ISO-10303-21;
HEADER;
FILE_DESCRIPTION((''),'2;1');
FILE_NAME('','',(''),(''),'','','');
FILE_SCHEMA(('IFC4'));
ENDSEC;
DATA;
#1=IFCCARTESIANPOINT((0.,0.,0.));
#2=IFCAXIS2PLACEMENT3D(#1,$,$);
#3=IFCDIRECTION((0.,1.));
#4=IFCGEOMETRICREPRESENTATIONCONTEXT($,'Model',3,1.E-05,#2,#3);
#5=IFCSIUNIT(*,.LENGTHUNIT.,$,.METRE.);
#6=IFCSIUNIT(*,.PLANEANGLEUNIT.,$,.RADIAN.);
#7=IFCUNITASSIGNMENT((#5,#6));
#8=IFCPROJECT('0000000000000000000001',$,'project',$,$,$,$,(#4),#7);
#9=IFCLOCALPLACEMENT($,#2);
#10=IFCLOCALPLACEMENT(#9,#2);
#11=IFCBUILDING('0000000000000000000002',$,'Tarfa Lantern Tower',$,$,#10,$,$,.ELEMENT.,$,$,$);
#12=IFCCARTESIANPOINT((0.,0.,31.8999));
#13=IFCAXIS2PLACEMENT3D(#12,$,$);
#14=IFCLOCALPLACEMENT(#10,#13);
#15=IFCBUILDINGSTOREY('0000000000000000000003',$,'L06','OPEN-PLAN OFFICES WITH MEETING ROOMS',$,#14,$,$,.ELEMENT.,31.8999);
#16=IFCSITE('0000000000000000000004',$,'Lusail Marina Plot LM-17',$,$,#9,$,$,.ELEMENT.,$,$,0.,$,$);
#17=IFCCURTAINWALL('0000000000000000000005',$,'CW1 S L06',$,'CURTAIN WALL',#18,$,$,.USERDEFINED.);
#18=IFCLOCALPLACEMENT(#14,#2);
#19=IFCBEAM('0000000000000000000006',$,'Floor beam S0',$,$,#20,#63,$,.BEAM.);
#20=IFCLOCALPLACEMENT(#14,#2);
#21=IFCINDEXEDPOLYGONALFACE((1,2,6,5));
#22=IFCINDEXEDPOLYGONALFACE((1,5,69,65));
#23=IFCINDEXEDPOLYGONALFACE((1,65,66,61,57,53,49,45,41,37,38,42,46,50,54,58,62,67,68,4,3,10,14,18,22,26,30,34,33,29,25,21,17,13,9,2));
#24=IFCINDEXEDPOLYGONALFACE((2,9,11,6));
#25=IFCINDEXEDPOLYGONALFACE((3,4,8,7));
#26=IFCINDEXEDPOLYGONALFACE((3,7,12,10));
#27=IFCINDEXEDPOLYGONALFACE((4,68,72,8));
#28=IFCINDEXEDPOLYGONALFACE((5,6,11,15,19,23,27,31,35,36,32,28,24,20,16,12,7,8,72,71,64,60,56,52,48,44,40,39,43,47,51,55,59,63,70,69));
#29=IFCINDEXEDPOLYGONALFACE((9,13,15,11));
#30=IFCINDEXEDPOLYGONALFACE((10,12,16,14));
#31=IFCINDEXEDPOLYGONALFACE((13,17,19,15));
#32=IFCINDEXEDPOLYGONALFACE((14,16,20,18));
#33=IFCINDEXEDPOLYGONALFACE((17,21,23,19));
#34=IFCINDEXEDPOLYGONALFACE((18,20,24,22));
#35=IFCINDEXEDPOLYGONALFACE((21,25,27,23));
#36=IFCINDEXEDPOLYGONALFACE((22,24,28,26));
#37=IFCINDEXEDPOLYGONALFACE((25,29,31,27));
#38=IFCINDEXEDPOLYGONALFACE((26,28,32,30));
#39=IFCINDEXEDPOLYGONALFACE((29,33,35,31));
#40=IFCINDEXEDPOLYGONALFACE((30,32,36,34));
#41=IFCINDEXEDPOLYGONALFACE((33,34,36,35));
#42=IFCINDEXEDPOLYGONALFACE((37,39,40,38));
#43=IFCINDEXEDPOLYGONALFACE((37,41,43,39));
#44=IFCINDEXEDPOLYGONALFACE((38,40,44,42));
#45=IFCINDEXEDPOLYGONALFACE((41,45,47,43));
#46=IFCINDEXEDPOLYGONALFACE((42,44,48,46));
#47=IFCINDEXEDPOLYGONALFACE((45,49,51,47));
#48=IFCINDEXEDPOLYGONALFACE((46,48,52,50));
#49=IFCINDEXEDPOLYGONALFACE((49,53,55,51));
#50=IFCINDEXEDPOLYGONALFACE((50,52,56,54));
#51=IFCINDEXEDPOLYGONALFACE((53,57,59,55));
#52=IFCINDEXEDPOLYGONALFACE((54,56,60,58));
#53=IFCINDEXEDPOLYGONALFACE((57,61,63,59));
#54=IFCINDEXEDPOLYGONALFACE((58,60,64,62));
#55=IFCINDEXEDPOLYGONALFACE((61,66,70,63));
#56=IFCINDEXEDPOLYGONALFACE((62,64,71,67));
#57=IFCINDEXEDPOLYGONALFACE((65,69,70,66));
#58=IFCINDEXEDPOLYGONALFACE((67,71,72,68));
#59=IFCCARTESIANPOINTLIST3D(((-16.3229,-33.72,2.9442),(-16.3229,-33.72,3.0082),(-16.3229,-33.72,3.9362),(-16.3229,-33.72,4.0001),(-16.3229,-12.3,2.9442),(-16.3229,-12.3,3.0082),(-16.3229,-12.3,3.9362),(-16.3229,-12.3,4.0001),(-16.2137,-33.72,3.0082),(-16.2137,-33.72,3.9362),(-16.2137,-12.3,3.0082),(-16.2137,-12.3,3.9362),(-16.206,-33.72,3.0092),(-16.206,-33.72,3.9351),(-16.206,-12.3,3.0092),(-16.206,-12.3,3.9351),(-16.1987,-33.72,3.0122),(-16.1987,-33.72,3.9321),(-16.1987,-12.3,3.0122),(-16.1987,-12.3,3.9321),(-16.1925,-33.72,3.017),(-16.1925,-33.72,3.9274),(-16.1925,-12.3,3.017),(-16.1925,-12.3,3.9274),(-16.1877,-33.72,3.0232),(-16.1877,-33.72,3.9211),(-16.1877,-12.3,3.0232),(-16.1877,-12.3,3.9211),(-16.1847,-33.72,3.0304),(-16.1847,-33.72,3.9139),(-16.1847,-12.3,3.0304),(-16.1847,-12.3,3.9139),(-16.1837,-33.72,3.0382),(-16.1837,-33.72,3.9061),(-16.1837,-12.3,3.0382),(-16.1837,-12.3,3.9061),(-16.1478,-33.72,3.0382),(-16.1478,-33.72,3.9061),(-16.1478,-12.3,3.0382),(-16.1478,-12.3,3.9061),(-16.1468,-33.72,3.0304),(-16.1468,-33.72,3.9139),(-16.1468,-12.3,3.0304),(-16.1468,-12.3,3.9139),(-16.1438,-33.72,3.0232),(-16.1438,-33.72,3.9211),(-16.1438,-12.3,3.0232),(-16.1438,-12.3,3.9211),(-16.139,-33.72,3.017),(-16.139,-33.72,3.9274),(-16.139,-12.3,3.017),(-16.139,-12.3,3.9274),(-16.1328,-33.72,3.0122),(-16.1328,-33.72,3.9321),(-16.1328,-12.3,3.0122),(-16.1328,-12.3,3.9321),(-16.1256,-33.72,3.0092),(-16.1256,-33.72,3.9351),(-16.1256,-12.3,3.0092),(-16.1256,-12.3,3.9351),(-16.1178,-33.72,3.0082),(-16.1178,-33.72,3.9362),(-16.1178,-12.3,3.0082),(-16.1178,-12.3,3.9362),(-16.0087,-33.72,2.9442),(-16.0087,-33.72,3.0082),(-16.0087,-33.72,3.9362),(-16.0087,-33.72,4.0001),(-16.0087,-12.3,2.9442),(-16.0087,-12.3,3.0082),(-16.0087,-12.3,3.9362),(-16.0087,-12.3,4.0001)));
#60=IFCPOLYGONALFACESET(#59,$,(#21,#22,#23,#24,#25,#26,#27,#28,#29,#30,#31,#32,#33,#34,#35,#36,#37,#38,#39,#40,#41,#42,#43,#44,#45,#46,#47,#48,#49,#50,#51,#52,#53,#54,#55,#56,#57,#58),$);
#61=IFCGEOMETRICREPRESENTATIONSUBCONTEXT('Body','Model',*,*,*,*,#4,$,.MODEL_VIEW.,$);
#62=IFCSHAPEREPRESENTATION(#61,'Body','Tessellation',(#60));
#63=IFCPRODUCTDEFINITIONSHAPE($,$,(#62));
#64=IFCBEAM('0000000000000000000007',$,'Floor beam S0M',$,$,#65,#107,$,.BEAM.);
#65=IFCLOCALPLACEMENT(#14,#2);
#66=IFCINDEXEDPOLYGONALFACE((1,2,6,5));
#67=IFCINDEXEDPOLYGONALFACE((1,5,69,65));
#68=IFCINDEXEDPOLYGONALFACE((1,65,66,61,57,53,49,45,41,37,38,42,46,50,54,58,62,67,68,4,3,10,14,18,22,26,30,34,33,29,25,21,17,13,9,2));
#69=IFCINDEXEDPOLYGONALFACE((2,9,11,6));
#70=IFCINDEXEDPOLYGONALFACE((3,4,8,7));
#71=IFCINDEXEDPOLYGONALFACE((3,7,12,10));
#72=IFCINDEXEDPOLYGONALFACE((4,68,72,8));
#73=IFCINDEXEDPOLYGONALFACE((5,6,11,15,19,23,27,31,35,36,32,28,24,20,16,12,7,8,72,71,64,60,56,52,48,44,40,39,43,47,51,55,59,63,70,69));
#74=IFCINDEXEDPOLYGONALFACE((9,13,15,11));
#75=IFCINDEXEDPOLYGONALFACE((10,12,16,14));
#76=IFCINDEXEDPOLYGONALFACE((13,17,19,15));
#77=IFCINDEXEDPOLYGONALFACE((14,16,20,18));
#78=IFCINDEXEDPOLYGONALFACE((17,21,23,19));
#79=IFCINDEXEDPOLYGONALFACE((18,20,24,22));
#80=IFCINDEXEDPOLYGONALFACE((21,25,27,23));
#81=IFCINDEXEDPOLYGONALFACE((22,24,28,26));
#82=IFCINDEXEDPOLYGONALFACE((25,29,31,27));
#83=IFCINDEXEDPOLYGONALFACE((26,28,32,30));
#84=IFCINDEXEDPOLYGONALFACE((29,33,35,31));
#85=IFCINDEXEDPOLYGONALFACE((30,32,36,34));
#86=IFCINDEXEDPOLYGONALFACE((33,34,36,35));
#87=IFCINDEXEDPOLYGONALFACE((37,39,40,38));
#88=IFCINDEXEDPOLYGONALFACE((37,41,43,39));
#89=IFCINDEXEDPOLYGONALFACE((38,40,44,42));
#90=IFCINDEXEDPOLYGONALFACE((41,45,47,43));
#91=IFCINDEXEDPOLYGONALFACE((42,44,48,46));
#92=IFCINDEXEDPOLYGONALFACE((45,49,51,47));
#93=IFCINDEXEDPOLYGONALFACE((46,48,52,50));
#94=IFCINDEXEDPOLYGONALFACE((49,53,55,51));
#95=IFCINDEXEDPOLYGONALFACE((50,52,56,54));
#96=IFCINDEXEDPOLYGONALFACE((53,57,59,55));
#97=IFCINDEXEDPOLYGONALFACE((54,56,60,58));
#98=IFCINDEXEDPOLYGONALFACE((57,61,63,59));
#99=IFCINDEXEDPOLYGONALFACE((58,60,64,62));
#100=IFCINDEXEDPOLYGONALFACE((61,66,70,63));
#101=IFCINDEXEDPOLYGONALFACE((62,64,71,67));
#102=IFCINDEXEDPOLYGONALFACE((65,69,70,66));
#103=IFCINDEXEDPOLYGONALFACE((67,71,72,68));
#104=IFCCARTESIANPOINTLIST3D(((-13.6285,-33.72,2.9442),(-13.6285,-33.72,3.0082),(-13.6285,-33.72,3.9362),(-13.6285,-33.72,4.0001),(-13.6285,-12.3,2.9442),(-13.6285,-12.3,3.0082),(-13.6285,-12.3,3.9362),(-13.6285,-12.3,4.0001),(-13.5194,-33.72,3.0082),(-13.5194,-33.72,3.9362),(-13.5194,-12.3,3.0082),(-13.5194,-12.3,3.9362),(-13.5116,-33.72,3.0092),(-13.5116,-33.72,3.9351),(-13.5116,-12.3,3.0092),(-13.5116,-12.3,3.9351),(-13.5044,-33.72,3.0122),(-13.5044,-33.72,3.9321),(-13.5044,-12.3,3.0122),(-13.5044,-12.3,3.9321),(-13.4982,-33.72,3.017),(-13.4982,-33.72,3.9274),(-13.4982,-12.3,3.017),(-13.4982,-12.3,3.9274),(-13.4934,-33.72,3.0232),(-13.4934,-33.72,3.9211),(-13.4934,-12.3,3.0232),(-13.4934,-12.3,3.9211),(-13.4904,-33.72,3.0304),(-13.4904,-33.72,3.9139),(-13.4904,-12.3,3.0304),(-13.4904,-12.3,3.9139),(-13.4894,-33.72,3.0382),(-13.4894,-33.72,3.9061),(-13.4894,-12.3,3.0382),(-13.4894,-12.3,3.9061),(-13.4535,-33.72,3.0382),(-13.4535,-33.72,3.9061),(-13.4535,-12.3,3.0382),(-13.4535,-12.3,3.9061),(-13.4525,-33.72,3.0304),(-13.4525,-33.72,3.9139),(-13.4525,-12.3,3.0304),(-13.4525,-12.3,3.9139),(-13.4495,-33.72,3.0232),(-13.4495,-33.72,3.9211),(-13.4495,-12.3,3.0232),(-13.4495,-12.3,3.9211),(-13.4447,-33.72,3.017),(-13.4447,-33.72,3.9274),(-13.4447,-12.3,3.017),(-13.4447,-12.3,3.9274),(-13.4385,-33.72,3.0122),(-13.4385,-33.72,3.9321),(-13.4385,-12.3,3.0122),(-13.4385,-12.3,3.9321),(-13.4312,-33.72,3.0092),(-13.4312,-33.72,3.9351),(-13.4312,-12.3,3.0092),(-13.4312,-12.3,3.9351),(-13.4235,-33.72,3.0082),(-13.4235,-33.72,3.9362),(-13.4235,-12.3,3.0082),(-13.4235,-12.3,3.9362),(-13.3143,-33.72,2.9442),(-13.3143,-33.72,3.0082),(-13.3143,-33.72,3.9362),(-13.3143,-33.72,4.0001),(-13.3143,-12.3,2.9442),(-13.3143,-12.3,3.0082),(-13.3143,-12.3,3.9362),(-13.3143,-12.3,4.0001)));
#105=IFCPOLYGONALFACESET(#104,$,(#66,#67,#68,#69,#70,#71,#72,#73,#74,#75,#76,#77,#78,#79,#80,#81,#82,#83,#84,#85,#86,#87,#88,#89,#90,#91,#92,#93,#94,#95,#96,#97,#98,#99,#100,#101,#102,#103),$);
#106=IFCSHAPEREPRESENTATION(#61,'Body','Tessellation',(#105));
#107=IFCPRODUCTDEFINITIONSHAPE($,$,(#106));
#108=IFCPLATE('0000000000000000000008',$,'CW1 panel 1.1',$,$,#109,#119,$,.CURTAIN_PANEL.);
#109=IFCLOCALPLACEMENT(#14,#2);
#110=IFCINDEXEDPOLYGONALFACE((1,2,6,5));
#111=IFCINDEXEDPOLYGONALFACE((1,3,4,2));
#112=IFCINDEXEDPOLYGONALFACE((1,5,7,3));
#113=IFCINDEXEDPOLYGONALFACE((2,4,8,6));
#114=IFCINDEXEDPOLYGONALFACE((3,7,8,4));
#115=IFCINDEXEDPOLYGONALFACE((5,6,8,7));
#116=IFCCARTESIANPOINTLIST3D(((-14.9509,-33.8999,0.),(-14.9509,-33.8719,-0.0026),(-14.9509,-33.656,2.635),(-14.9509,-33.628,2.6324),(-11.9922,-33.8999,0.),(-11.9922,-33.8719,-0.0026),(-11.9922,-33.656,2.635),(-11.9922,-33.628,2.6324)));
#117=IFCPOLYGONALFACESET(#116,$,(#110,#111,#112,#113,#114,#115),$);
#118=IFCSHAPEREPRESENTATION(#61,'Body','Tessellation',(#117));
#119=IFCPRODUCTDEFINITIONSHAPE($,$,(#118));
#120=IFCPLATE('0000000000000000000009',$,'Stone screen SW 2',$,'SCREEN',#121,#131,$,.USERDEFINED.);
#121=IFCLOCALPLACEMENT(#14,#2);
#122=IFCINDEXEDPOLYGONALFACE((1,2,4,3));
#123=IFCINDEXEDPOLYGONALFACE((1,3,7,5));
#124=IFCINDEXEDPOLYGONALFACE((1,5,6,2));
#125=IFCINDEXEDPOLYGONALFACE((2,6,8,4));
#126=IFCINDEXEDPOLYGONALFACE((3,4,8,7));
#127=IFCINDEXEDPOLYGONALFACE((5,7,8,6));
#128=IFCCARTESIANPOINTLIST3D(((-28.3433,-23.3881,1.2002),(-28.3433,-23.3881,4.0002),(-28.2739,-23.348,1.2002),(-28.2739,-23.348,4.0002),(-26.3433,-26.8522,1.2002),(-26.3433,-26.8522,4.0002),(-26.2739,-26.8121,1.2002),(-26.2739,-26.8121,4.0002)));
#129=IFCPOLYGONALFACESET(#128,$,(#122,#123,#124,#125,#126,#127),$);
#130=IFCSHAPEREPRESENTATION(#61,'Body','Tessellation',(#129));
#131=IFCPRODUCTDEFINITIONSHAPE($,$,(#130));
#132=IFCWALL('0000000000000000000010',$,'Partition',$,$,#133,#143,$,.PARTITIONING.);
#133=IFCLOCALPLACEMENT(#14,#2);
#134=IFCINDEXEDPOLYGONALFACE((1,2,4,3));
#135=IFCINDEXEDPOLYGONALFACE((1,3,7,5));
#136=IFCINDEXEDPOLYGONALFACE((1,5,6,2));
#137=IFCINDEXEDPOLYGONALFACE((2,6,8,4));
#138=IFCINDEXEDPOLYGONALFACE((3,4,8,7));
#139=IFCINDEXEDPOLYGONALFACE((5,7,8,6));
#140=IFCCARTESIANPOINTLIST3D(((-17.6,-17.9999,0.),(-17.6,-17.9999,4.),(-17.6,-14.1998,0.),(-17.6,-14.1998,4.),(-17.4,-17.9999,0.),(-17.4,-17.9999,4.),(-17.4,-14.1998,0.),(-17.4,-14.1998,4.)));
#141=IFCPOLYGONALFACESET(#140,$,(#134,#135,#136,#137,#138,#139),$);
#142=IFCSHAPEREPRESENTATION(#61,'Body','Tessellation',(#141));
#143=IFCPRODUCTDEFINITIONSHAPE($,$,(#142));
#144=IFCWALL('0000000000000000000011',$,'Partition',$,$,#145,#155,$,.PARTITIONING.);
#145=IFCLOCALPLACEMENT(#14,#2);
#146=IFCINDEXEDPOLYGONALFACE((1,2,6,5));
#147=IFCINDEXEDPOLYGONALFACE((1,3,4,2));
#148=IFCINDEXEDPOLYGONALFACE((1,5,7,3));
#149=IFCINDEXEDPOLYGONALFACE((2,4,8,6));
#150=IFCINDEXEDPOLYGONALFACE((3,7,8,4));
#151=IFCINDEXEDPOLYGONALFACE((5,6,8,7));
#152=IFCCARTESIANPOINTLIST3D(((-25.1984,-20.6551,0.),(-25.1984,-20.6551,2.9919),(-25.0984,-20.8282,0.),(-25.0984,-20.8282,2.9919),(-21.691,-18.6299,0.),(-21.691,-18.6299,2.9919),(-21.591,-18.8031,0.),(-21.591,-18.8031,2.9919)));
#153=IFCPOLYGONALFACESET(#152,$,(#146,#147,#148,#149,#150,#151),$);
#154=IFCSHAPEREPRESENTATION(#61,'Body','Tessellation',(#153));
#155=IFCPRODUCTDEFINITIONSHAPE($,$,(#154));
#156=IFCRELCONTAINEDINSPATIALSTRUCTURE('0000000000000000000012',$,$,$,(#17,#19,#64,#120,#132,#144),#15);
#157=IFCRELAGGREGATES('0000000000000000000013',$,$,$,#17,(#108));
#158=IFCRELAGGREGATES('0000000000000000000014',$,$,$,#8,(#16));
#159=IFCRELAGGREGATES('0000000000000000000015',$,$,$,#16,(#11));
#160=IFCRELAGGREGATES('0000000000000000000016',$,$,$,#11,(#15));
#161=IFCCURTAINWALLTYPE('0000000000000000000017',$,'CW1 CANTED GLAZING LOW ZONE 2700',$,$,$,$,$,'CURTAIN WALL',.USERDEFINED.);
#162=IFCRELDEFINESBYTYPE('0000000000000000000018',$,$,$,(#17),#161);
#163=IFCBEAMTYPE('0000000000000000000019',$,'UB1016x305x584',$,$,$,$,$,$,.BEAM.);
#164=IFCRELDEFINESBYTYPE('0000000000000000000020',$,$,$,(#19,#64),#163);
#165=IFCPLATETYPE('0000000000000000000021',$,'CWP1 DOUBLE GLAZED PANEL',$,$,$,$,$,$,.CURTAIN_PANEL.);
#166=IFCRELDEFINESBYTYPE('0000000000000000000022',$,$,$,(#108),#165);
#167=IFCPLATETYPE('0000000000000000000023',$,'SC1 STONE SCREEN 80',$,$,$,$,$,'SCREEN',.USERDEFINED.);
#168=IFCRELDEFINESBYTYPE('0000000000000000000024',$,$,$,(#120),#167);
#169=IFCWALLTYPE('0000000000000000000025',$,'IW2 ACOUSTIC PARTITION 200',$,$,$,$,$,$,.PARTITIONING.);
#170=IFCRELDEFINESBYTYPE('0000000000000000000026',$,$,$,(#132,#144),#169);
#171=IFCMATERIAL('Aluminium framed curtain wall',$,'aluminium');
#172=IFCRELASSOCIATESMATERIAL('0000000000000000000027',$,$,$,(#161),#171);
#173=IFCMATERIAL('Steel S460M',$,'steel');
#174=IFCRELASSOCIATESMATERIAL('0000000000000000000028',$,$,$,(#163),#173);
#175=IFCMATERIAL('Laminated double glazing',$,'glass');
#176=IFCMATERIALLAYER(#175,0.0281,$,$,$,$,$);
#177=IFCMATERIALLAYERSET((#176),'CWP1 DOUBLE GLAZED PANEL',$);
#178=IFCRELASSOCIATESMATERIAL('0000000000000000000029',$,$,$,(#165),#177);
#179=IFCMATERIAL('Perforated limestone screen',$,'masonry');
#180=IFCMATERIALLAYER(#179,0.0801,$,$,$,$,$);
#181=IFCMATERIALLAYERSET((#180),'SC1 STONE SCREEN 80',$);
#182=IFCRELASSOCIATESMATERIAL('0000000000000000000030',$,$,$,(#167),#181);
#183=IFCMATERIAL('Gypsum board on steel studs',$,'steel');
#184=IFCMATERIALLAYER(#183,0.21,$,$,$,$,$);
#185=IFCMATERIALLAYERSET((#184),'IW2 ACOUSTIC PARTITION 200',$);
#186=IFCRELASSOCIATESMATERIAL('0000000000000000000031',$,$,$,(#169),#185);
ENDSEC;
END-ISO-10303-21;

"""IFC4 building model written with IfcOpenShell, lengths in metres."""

from ifc_helpers import new_model, si_unit, direction, frame, frame_2d, origin, origin_2d, place, context, subcontext, project, spatial, polyline, rectangle, i_section, outline, extrude, material, layer, layer_set, material_profile, profile_set, type_object, element, aggregate, save


model = new_model("IFC4")

# Units and contexts
model_context = context("Model", 3, precision=1e-05, world=origin(), true_north=direction((0.0, 1.0)))
body_context = subcontext(model_context, "Body", "Model", "MODEL_VIEW")
ifc_project = project(units=[si_unit("LENGTHUNIT", "METRE"), si_unit("PLANEANGLEUNIT", "RADIAN")], contexts=[model_context])

# Site, building, storey
site_placement = place(None, origin())
site = spatial("IfcSite", under=ifc_project, at=site_placement, Name="Lusail Marina Plot LM-17", CompositionType="ELEMENT", RefElevation=0.0)
building_placement = place(site_placement, origin())
building = spatial("IfcBuilding", under=site, at=building_placement, Name="Tarfa Lantern Tower", CompositionType="ELEMENT")
storey_placement = place(building_placement, frame((0.0, 0.0, 31.8999)))
storey = spatial("IfcBuildingStorey", under=building, at=storey_placement, Name="L06", Description="OPEN-PLAN OFFICES WITH MEETING ROOMS", CompositionType="ELEMENT", Elevation=31.8999)

# Curtain wall
ifc_material_1 = material(Name="Aluminium framed curtain wall", Category="aluminium")
curtain_wall_type = type_object("IfcCurtainWallType", Name="CW1 CANTED GLAZING LOW ZONE 2700", ElementType="CURTAIN WALL", PredefinedType="USERDEFINED", material=ifc_material_1)
curtain_wall_placement = place(storey_placement, origin())
curtain_wall = element("IfcCurtainWall", 1, at=curtain_wall_placement, inside=storey, type_object=curtain_wall_type, Name="CW1 S L06", ObjectType="CURTAIN WALL", PredefinedType="USERDEFINED")

# Beams
ifc_material_2 = material(Name="Steel S460M", Category="steel")
ifc_material_profile_1 = material_profile(ifc_material_2, i_section(OverallWidth=0.3142, OverallDepth=1.0559, WebThickness=0.0359, FlangeThickness=0.064, FilletRadius=0.03, at=origin_2d()), Name="UB1016x305x584")
ifc_profile_set_1 = profile_set([ifc_material_profile_1], Name="Steel S460M")
beam_type_1 = type_object("IfcBeamType", Name="UB1016x305x584", PredefinedType="BEAM", material=ifc_profile_set_1)
for number, where, z_axis, x_axis, name in (
    (2, (-16.1658, -33.72, 3.4722), (0.0, 1.0, 0.0), (-1.0, 0.0, 0.0), "Floor beam S0"),
    (3, (-13.4714, -33.72, 3.4722), (0.0, 1.0, 0.0), (-1.0, 0.0, 0.0), "Floor beam S0M"),
):
    element("IfcBeam", number, at=place(storey_placement, frame(where, z_axis=z_axis, x_axis=x_axis)), inside=storey, type_object=beam_type_1, Name=name, PredefinedType="BEAM", context=body_context, shape_type="SweptSolid", body=[
        extrude(i_section(OverallWidth=0.3142, OverallDepth=1.0559, WebThickness=0.0359, FlangeThickness=0.064, FilletRadius=0.03, at=origin_2d()), origin(), (0.0, 0.0, 1.0), 21.4199),
    ])

# Plates
ifc_material_3 = material(Name="Laminated double glazing", Category="glass")
ifc_layer_1 = layer(ifc_material_3, 0.0281)
ifc_layer_set_1 = layer_set([ifc_layer_1], Name="CWP1 DOUBLE GLAZED PANEL")
plate_type_1 = type_object("IfcPlateType", Name="CWP1 DOUBLE GLAZED PANEL", PredefinedType="CURTAIN_PANEL", material=ifc_layer_set_1)
plate_1_placement = place(storey_placement, frame((-14.9509, -33.8999, 0.0), z_axis=(0.0, -0.995744, 0.092166), x_axis=(1.0, 0.0, 0.0)))
plate_1 = element("IfcPlate", 4, at=plate_1_placement, type_object=plate_type_1, Name="CW1 panel 1.1", PredefinedType="CURTAIN_PANEL", context=body_context, shape_type="SweptSolid", body=[
    extrude(outline(polyline([(0.0, 0.0), (2.9587, 0.0), (2.9587, 2.6463), (0.0, 2.6463), (0.0, 0.0)])), origin(), (0.0, 0.0, -1.0), 0.0281),
])
aggregate(curtain_wall, [plate_1])
ifc_material_4 = material(Name="Perforated limestone screen", Category="masonry")
ifc_layer_2 = layer(ifc_material_4, 0.0801)
ifc_layer_set_2 = layer_set([ifc_layer_2], Name="SC1 STONE SCREEN 80")
plate_type_2 = type_object("IfcPlateType", Name="SC1 STONE SCREEN 80", ElementType="SCREEN", PredefinedType="USERDEFINED", material=ifc_layer_set_2)
plate_2_placement = place(storey_placement, frame((-27.3086, -25.1001, 1.2002), z_axis=(0.0, 0.0, 1.0), x_axis=(0.5, -0.866025, 0.0)))
element("IfcPlate", 5, at=plate_2_placement, inside=storey, type_object=plate_type_2, Name="Stone screen SW 2", ObjectType="SCREEN", PredefinedType="USERDEFINED", context=body_context, shape_type="SweptSolid", body=[
    extrude(rectangle(XDim=4.0, YDim=0.0801, at=origin_2d()), origin(), (0.0, 0.0, 1.0), 2.8),
])

# Walls
ifc_material_5 = material(Name="Gypsum board on steel studs", Category="steel")
ifc_layer_3 = layer(ifc_material_5, 0.21)
ifc_layer_set_3 = layer_set([ifc_layer_3], Name="IW2 ACOUSTIC PARTITION 200")
wall_type = type_object("IfcWallType", Name="IW2 ACOUSTIC PARTITION 200", PredefinedType="PARTITIONING", material=ifc_layer_set_3)
wall_1_placement = place(storey_placement, frame((-17.5, -14.2, 0.0), z_axis=(0.0, 0.0, 1.0), x_axis=(0.0, -1.0, 0.0)))
element("IfcWall", 6, at=wall_1_placement, inside=storey, type_object=wall_type, Name="Partition", PredefinedType="PARTITIONING", context=body_context, shape_type="SweptSolid", body=[
    extrude(rectangle(XDim=3.8, YDim=0.2, at=frame_2d((1.8999, 0.0))), origin(), (0.0, 0.0, 1.0), 4.0),
])
wall_2_placement = place(storey_placement, frame((-21.6411, -18.7166, 0.0), z_axis=(0.0, 0.0, 1.0), x_axis=(-0.866005, -0.500036, 0.0)))
element("IfcWall", 7, at=wall_2_placement, inside=storey, type_object=wall_type, Name="Partition", PredefinedType="PARTITIONING", context=body_context, shape_type="SweptSolid", body=[
    extrude(rectangle(XDim=4.05, YDim=0.2, at=frame_2d((2.0249, 0.0))), origin(), (0.0, 0.0, 1.0), 2.9919),
])

save(model, "model.ifc")
